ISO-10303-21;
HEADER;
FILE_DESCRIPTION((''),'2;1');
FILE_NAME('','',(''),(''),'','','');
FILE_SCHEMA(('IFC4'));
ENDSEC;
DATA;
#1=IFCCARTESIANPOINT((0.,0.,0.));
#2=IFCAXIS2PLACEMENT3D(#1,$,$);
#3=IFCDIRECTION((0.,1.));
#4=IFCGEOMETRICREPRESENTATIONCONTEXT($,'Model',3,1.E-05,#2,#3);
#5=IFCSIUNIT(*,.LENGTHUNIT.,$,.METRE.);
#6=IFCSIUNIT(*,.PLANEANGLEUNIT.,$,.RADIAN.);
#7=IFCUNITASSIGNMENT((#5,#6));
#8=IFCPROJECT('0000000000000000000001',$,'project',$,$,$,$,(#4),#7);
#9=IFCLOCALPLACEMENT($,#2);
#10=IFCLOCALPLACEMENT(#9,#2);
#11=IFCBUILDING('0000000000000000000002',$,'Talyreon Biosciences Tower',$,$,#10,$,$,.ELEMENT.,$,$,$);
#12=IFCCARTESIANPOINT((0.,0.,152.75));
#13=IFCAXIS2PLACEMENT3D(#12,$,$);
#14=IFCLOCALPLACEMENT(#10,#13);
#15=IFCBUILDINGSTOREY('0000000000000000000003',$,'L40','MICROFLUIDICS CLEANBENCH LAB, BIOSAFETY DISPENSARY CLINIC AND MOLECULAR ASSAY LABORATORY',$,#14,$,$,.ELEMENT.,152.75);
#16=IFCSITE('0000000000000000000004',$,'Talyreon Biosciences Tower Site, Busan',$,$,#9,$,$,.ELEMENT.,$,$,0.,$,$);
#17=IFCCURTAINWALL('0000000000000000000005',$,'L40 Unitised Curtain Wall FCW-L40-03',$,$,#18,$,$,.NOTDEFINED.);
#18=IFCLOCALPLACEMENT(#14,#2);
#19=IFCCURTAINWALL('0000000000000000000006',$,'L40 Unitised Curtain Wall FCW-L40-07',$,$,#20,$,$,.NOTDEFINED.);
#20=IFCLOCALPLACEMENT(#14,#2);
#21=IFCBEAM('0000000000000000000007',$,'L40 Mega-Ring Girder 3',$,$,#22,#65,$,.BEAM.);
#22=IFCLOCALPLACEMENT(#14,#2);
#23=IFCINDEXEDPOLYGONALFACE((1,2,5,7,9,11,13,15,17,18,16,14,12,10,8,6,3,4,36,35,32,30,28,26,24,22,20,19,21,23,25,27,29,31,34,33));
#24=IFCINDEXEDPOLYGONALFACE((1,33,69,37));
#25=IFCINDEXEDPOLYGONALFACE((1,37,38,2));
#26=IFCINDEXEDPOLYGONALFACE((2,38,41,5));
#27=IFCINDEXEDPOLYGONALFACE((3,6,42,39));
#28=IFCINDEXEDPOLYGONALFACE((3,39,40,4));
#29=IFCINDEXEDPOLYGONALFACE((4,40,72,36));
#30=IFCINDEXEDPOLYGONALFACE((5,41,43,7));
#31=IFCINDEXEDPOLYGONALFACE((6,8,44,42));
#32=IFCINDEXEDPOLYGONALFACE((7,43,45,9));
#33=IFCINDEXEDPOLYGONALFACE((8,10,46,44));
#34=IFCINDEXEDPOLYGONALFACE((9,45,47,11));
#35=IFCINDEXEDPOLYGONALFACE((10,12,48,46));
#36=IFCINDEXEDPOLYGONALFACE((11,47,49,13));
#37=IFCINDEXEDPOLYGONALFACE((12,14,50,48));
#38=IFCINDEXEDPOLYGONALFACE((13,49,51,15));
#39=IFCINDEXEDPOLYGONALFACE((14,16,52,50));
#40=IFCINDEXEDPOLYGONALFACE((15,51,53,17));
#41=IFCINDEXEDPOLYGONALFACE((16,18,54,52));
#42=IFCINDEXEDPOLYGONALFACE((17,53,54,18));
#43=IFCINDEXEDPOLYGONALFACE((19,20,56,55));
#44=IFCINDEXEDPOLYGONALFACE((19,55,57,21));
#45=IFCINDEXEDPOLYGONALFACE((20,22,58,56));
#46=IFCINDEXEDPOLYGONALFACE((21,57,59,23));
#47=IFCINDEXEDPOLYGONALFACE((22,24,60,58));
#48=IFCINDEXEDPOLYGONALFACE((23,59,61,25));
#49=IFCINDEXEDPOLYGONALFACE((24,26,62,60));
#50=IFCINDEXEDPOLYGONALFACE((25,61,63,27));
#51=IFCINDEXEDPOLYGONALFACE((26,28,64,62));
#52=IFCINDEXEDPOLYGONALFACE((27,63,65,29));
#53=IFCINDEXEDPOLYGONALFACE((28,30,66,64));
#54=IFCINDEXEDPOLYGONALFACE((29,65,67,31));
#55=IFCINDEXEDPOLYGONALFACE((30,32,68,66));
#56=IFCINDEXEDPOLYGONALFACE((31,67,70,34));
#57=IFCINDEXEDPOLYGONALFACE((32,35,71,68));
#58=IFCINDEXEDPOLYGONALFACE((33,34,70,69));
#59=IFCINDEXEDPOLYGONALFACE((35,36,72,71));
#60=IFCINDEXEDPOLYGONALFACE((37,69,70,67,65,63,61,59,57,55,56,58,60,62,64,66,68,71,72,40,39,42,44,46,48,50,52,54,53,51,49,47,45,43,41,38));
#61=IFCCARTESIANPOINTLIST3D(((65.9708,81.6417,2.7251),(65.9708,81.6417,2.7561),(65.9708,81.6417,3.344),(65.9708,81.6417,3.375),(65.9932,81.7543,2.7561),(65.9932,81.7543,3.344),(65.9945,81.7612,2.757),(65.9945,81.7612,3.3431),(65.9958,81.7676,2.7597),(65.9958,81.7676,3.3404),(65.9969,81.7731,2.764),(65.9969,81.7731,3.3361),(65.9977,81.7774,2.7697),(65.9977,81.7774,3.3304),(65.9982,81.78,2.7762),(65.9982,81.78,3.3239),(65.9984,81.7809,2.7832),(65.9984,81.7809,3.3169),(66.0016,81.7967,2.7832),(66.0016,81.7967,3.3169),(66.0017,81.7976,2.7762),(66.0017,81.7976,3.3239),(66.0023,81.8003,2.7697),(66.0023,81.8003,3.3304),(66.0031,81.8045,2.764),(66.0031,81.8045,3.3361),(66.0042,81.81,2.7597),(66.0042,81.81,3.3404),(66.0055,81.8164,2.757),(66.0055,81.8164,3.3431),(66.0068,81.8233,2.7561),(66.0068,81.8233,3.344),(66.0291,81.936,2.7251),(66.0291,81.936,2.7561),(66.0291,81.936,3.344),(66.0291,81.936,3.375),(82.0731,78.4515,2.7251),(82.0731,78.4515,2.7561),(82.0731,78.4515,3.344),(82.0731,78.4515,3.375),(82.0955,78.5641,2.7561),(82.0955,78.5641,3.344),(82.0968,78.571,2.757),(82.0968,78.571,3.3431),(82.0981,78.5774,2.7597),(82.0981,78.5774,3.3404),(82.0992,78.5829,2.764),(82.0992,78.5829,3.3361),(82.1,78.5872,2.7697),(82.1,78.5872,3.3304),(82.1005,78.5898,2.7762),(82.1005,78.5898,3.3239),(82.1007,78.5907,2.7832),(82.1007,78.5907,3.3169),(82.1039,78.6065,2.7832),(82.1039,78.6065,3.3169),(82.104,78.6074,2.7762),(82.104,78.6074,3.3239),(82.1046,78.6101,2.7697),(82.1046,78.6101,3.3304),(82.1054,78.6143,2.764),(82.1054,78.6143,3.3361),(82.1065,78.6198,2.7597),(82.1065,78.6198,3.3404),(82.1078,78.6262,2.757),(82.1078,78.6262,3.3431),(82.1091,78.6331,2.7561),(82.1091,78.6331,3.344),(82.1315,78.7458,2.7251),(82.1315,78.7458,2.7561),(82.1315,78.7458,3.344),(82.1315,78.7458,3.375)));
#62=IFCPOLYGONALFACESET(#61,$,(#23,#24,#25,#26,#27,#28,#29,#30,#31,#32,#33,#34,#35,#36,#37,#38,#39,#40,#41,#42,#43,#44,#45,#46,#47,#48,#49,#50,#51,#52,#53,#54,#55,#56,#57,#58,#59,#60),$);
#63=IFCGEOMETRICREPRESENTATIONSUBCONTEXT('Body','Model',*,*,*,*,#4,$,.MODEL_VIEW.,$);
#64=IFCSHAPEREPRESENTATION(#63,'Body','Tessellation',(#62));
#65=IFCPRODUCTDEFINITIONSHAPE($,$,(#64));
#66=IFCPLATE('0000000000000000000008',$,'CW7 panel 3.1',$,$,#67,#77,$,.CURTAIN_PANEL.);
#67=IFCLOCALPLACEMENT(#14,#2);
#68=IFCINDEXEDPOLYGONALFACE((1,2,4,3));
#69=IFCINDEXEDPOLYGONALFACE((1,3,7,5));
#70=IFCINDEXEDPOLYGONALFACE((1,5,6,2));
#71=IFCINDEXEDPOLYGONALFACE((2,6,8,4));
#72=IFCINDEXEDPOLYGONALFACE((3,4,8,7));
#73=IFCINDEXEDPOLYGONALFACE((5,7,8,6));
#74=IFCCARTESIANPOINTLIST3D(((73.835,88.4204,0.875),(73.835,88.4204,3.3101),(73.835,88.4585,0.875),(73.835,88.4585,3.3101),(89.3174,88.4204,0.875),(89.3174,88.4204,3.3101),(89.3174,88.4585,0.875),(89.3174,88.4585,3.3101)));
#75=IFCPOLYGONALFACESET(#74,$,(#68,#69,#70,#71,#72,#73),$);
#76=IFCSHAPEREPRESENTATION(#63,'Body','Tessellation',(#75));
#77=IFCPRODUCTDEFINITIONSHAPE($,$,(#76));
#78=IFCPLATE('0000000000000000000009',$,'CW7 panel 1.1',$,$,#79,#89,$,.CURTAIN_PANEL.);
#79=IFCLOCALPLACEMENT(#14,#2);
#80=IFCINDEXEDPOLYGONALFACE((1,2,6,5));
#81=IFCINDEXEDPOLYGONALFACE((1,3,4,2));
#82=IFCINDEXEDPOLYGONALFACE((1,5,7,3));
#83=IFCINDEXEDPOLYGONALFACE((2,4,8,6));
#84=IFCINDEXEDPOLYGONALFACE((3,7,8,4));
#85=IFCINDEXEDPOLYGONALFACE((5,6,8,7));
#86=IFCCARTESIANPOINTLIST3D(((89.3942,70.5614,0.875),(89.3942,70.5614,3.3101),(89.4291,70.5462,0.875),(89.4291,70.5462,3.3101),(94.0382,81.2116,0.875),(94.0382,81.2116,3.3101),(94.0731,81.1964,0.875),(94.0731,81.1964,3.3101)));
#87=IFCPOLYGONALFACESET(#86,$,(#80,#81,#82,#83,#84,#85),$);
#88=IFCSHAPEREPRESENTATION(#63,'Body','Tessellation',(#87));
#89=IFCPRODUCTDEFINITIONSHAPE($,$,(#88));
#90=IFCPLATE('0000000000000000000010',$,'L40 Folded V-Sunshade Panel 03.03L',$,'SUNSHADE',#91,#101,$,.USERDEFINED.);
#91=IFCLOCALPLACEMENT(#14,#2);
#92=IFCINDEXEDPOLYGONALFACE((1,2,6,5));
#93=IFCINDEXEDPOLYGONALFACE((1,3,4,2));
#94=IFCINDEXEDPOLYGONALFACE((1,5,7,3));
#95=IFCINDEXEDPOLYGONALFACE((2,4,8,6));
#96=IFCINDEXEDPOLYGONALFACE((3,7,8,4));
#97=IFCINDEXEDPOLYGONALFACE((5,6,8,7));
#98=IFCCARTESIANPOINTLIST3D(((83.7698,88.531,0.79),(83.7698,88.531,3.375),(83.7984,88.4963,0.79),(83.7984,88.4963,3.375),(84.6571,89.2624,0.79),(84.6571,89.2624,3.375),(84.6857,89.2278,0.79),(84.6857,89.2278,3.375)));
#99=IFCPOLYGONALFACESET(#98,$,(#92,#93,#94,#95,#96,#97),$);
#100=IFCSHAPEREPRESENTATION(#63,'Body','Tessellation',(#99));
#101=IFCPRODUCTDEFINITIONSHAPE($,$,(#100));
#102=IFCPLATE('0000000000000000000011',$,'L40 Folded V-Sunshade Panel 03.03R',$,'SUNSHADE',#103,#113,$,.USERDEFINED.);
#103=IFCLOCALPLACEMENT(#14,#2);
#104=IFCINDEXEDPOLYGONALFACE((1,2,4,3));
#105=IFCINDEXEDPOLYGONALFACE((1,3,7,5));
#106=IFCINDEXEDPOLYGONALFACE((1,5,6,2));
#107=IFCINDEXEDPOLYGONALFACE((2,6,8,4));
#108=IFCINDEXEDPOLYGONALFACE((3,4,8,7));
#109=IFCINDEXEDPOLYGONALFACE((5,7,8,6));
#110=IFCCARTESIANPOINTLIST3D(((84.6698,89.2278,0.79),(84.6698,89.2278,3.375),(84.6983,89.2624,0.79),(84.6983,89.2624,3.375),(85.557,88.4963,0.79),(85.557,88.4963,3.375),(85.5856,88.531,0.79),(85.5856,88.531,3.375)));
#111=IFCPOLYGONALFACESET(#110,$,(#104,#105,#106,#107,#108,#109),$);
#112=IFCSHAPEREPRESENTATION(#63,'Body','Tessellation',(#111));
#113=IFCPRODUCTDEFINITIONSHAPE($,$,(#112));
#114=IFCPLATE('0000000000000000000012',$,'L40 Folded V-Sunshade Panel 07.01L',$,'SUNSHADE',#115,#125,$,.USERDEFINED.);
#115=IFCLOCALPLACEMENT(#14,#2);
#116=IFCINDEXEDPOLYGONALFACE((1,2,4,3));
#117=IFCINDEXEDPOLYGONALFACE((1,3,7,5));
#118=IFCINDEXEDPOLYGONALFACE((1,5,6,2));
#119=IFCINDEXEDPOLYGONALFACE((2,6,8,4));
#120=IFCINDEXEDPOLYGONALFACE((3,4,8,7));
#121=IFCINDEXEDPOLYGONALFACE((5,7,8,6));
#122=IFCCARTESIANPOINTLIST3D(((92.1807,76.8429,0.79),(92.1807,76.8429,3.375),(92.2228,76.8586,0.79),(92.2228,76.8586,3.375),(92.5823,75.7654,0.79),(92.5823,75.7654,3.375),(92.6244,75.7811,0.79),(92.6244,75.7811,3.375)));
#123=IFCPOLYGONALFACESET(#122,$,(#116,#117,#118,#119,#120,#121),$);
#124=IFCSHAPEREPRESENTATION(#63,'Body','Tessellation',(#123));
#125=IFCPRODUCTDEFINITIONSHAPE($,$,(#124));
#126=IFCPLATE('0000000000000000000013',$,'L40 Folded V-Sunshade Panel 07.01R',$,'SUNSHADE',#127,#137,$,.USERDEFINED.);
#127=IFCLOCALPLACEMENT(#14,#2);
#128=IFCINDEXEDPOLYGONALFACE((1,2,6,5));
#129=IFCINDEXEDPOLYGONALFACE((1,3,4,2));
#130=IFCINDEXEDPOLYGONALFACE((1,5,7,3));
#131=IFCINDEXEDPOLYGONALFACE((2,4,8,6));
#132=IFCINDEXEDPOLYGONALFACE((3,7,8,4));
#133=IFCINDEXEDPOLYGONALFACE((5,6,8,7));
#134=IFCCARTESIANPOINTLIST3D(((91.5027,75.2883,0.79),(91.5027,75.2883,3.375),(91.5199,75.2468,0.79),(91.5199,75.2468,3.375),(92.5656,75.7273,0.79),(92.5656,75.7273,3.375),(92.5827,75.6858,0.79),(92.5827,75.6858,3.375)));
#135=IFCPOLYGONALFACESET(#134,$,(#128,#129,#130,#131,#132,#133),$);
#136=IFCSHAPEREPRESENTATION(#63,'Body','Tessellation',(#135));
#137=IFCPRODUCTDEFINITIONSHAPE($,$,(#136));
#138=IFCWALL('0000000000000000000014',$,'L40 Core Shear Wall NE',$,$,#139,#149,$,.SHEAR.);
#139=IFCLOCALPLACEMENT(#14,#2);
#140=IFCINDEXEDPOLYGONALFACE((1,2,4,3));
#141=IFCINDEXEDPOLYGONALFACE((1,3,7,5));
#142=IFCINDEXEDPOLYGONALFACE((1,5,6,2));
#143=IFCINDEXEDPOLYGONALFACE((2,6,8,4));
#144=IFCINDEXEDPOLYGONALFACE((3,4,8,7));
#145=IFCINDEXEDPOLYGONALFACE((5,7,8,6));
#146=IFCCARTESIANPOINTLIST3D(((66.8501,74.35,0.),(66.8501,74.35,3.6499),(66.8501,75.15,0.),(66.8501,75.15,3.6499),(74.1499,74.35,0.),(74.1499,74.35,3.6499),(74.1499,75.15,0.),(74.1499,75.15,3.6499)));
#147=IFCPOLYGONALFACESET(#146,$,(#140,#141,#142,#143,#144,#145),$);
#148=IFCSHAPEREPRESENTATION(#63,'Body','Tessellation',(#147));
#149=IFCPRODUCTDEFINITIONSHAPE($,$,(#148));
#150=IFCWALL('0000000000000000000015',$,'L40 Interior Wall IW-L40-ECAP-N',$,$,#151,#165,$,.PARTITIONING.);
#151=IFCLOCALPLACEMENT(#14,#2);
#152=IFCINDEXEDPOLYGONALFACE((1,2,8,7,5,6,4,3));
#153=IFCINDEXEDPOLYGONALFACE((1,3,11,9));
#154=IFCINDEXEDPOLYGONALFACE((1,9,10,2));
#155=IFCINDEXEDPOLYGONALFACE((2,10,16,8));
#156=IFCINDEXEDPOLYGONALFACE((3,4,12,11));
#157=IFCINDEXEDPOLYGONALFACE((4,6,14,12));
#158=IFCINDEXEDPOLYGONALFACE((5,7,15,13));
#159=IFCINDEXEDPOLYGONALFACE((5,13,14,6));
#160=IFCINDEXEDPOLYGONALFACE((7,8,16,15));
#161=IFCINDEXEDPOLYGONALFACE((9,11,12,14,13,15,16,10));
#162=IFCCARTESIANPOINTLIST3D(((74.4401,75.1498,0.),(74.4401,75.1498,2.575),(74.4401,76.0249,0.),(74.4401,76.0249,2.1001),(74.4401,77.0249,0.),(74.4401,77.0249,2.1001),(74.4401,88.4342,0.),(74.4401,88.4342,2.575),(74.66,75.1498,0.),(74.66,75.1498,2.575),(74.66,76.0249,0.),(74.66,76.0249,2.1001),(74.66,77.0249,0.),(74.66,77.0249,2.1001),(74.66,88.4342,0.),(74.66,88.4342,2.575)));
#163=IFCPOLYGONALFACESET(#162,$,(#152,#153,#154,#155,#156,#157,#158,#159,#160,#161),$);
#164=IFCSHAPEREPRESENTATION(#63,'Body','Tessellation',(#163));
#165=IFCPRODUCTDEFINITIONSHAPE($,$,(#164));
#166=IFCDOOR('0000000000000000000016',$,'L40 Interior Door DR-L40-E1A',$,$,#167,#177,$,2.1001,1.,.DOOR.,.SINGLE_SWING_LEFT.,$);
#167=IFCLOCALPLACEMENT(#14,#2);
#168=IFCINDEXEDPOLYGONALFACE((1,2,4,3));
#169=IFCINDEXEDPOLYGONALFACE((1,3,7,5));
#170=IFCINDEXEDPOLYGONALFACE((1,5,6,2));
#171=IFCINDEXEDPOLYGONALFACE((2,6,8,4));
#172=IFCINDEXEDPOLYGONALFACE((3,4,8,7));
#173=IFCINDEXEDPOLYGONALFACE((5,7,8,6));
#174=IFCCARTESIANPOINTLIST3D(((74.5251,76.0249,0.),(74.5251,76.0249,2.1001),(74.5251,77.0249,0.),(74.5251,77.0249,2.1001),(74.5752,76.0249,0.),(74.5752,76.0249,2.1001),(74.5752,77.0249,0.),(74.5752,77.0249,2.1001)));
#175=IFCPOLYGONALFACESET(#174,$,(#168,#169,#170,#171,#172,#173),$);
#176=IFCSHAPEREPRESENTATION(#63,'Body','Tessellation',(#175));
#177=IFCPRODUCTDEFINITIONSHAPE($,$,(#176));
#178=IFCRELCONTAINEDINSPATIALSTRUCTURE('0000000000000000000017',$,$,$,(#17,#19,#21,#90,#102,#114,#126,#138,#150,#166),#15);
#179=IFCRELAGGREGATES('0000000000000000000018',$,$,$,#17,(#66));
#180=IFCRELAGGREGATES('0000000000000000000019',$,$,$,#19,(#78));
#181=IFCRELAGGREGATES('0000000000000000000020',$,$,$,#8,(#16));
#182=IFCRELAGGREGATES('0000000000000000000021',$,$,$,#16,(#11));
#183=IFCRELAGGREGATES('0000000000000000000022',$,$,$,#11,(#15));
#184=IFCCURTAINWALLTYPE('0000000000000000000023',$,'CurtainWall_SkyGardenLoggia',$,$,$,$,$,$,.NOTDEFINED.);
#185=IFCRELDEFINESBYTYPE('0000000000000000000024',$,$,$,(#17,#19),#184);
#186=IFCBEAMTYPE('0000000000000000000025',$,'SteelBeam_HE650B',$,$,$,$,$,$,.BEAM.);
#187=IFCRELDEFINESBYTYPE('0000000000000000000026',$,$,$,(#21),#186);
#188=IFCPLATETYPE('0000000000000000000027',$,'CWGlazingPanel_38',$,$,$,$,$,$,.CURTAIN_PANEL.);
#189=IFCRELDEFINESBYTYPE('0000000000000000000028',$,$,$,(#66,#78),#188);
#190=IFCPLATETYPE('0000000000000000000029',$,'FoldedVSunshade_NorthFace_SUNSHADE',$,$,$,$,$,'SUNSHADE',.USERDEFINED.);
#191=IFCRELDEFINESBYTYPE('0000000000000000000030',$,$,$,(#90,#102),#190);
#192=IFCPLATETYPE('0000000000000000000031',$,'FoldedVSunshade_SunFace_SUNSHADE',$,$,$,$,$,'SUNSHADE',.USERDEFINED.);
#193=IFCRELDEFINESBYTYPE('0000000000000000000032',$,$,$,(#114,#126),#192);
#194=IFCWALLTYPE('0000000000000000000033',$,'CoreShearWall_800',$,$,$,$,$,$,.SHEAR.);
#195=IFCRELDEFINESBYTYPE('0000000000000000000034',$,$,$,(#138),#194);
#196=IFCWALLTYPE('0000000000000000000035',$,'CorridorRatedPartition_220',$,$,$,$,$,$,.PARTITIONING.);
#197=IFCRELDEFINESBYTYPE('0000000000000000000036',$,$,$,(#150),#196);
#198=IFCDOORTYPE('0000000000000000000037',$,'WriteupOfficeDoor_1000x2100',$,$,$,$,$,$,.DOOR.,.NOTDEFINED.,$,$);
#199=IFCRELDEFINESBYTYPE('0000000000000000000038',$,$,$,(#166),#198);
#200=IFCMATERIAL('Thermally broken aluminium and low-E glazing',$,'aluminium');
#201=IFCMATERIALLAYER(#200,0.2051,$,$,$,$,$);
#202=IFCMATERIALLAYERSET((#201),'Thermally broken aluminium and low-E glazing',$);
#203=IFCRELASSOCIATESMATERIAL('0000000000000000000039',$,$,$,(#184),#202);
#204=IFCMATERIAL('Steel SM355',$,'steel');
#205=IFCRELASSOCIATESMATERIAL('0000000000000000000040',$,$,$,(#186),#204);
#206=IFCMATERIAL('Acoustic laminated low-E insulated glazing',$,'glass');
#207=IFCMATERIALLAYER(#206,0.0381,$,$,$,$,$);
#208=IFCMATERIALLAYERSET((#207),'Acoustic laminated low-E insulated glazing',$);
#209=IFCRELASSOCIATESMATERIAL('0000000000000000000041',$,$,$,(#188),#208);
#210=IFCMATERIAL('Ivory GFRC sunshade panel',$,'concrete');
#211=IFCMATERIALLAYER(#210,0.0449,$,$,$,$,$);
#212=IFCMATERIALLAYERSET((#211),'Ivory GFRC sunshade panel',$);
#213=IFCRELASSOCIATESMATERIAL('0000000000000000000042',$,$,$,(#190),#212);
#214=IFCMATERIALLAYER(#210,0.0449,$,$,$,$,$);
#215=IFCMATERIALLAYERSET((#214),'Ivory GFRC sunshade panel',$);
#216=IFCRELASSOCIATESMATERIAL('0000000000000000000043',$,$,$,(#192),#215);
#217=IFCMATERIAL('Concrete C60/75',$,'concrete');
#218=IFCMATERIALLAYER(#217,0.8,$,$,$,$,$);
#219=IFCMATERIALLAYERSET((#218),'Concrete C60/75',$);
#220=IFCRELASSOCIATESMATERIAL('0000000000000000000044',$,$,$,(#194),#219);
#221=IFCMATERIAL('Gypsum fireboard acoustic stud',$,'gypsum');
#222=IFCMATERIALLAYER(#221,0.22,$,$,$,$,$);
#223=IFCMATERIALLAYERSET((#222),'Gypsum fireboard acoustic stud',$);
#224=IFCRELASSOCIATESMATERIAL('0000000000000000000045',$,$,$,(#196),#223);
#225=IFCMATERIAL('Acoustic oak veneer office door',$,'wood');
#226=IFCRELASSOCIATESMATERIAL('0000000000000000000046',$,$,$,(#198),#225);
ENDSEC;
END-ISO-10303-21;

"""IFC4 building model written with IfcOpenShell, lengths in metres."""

from ifc_helpers import new_model, si_unit, direction, frame, frame_2d, origin, origin_2d, place, context, subcontext, project, spatial, rectangle, i_section, extrude, material, layer, layer_set, material_profile, profile_set, type_object, element, fill, aggregate, save


model = new_model("IFC4")

# Units and contexts
model_context = context("Model", 3, precision=1e-05, world=origin(), true_north=direction((0.0, 1.0)))
body_context = subcontext(model_context, "Body", "Model", "MODEL_VIEW")
ifc_project = project(units=[si_unit("LENGTHUNIT", "METRE"), si_unit("PLANEANGLEUNIT", "RADIAN")], contexts=[model_context])

# Site, building, storey
site_placement = place(None, origin())
site = spatial("IfcSite", under=ifc_project, at=site_placement, Name="Talyreon Biosciences Tower Site, Busan", CompositionType="ELEMENT", RefElevation=0.0)
building_placement = place(site_placement, origin())
building = spatial("IfcBuilding", under=site, at=building_placement, Name="Talyreon Biosciences Tower", CompositionType="ELEMENT")
storey_placement = place(building_placement, frame((0.0, 0.0, 152.75)))
storey = spatial("IfcBuildingStorey", under=building, at=storey_placement, Name="L40", Description="MICROFLUIDICS CLEANBENCH LAB, BIOSAFETY DISPENSARY CLINIC AND MOLECULAR ASSAY LABORATORY", CompositionType="ELEMENT", Elevation=152.75)

# Shared definitions
ifc_material_1 = material(Name="Concrete C60/75", Category="concrete")

# Curtain wall
ifc_material_2 = material(Name="Thermally broken aluminium and low-E glazing", Category="aluminium")
ifc_layer_1 = layer(ifc_material_2, 0.2051)
ifc_layer_set_1 = layer_set([ifc_layer_1], Name="Thermally broken aluminium and low-E glazing")
curtain_wall_type = type_object("IfcCurtainWallType", Name="CurtainWall_SkyGardenLoggia", PredefinedType="NOTDEFINED", material=ifc_layer_set_1)
curtain_wall_1_placement = place(storey_placement, origin())
curtain_wall_1 = element("IfcCurtainWall", 1, at=curtain_wall_1_placement, inside=storey, type_object=curtain_wall_type, Name="L40 Unitised Curtain Wall FCW-L40-03", PredefinedType="NOTDEFINED")

# Curtain wall
curtain_wall_2_placement = place(storey_placement, origin())
curtain_wall_2 = element("IfcCurtainWall", 2, at=curtain_wall_2_placement, inside=storey, type_object=curtain_wall_type, Name="L40 Unitised Curtain Wall FCW-L40-07", PredefinedType="NOTDEFINED")

# Beam
ifc_material_3 = material(Name="Steel SM355", Category="steel")
ifc_material_profile_1 = material_profile(ifc_material_3, i_section(OverallWidth=0.3, OverallDepth=0.6499, WebThickness=0.0161, FlangeThickness=0.031, FilletRadius=0.0271, at=origin_2d()), Name="HE650B")
ifc_profile_set_1 = profile_set([ifc_material_profile_1], Name="Steel SM355")
beam_type_1 = type_object("IfcBeamType", Name="SteelBeam_HE650B", PredefinedType="BEAM", material=ifc_profile_set_1)
beam_1_placement = place(storey_placement, frame((82.1023, 78.5986, 3.05), z_axis=(-0.980934, 0.194343, 0.0), x_axis=(-0.194343, -0.980934, 0.0)))
element("IfcBeam", 3, at=beam_1_placement, inside=storey, type_object=beam_type_1, Name="L40 Mega-Ring Girder 3", PredefinedType="BEAM", context=body_context, shape_type="SweptSolid", body=[
    extrude(i_section(OverallWidth=0.3, OverallDepth=0.6499, WebThickness=0.0161, FlangeThickness=0.031, FilletRadius=0.0271, at=origin_2d()), origin(), (0.0, 0.0, 1.0), 16.4153),
])

# Plates
ifc_material_4 = material(Name="Acoustic laminated low-E insulated glazing", Category="glass")
ifc_layer_2 = layer(ifc_material_4, 0.0381)
ifc_layer_set_2 = layer_set([ifc_layer_2], Name="Acoustic laminated low-E insulated glazing")
plate_type_1 = type_object("IfcPlateType", Name="CWGlazingPanel_38", PredefinedType="CURTAIN_PANEL", material=ifc_layer_set_2)
plate_1_placement = place(storey_placement, frame((81.5762, 88.4395, 0.875), z_axis=(0.0, 0.0, 1.0), x_axis=(1.0, 0.0, 0.0)))
plate_1 = element("IfcPlate", 4, at=plate_1_placement, type_object=plate_type_1, Name="CW7 panel 3.1", PredefinedType="CURTAIN_PANEL", context=body_context, shape_type="SweptSolid", body=[
    extrude(rectangle(XDim=15.4824, YDim=0.0381, at=origin_2d()), origin(), (0.0, 0.0, 1.0), 2.4351),
])
aggregate(curtain_wall_1, [plate_1])
plate_2_placement = place(storey_placement, frame((91.7336, 75.8789, 0.875), z_axis=(0.0, 0.0, 1.0), x_axis=(-0.399698, -0.916647, 0.0)))
plate_2 = element("IfcPlate", 5, at=plate_2_placement, type_object=plate_type_1, Name="CW7 panel 1.1", PredefinedType="CURTAIN_PANEL", context=body_context, shape_type="SweptSolid", body=[
    extrude(rectangle(XDim=11.6187, YDim=0.0381, at=origin_2d()), origin(), (0.0, 0.0, 1.0), 2.4351),
])
aggregate(curtain_wall_2, [plate_2])

# Plates
ifc_material_5 = material(Name="Ivory GFRC sunshade panel", Category="concrete")
ifc_layer_3 = layer(ifc_material_5, 0.0449)
ifc_layer_set_3 = layer_set([ifc_layer_3], Name="Ivory GFRC sunshade panel")
plate_type_2 = type_object("IfcPlateType", Name="FoldedVSunshade_NorthFace_SUNSHADE", ElementType="SUNSHADE", PredefinedType="USERDEFINED", material=ifc_layer_set_3)
for number, where, z_axis, x_axis, name in (
    (6, (84.2278, 88.8794, 0.79), (0.0, 0.0, 1.0), (0.771625, 0.636078, 0.0), "L40 Folded V-Sunshade Panel 03.03L"),
    (7, (85.1277, 88.8794, 0.79), (0.0, 0.0, 1.0), (0.771625, -0.636078, 0.0), "L40 Folded V-Sunshade Panel 03.03R"),
):
    element("IfcPlate", number, at=place(storey_placement, frame(where, z_axis=z_axis, x_axis=x_axis)), inside=storey, type_object=plate_type_2, Name=name, ObjectType="SUNSHADE", PredefinedType="USERDEFINED", context=body_context, shape_type="SweptSolid", body=[
        extrude(rectangle(XDim=1.1499, YDim=0.0449, at=origin_2d()), origin(), (0.0, 0.0, 1.0), 2.585),
    ])
ifc_layer_4 = layer(ifc_material_5, 0.0449)
ifc_layer_set_4 = layer_set([ifc_layer_4], Name="Ivory GFRC sunshade panel")
plate_type_3 = type_object("IfcPlateType", Name="FoldedVSunshade_SunFace_SUNSHADE", ElementType="SUNSHADE", PredefinedType="USERDEFINED", material=ifc_layer_set_4)
for number, where, z_axis, x_axis, name in (
    (8, (92.4026, 76.312, 0.79), (0.0, 0.0, 1.0), (0.349243, -0.937032, 0.0), "L40 Folded V-Sunshade Panel 07.01L"),
    (9, (92.0427, 75.4871, 0.79), (0.0, 0.0, 1.0), (-0.924273, -0.381732, 0.0), "L40 Folded V-Sunshade Panel 07.01R"),
):
    element("IfcPlate", number, at=place(storey_placement, frame(where, z_axis=z_axis, x_axis=x_axis)), inside=storey, type_object=plate_type_3, Name=name, ObjectType="SUNSHADE", PredefinedType="USERDEFINED", context=body_context, shape_type="SweptSolid", body=[
        extrude(rectangle(XDim=1.1499, YDim=0.0449, at=origin_2d()), origin(), (0.0, 0.0, 1.0), 2.585),
    ])

# Wall
ifc_layer_5 = layer(ifc_material_1, 0.8)
ifc_layer_set_5 = layer_set([ifc_layer_5], Name="Concrete C60/75")
wall_type_1 = type_object("IfcWallType", Name="CoreShearWall_800", PredefinedType="SHEAR", material=ifc_layer_set_5)
wall_1_placement = place(storey_placement, frame((74.1499, 74.75, 0.0), z_axis=(0.0, 0.0, 1.0), x_axis=(-1.0, 0.0, 0.0)))
element("IfcWall", 10, at=wall_1_placement, inside=storey, type_object=wall_type_1, Name="L40 Core Shear Wall NE", PredefinedType="SHEAR", context=body_context, shape_type="SweptSolid", body=[
    extrude(rectangle(XDim=7.2998, YDim=0.8, at=frame_2d((3.6499, 0.0))), origin(), (0.0, 0.0, 1.0), 3.6499),
])

# Wall, opening, door
ifc_material_6 = material(Name="Gypsum fireboard acoustic stud", Category="gypsum")
ifc_layer_6 = layer(ifc_material_6, 0.22)
ifc_layer_set_6 = layer_set([ifc_layer_6], Name="Gypsum fireboard acoustic stud")
wall_type_2 = type_object("IfcWallType", Name="CorridorRatedPartition_220", PredefinedType="PARTITIONING", material=ifc_layer_set_6)
wall_2_placement = place(storey_placement, frame((74.55, 75.1499, 0.0), z_axis=(0.0, 0.0, 1.0), x_axis=(0.0, 1.0, 0.0)))
wall_2 = element("IfcWall", 11, at=wall_2_placement, inside=storey, type_object=wall_type_2, Name="L40 Interior Wall IW-L40-ECAP-N", PredefinedType="PARTITIONING", context=body_context, shape_type="SweptSolid", body=[
    extrude(rectangle(XDim=13.2844, YDim=0.22, at=frame_2d((6.6421, 0.0))), origin(), (0.0, 0.0, 1.0), 2.575),
])
opening_placement = place(wall_2_placement, frame((0.875, 0.0, 0.0)))
opening = element("IfcOpeningElement", 12, at=opening_placement, cuts=wall_2, PredefinedType="OPENING", context=body_context, shape_type="SweptSolid", body=[
    extrude(rectangle(XDim=1.0, YDim=2.1001, at=frame_2d((0.5, 1.05))), frame((0.0, 0.1199, 0.0), z_axis=(0.0, -1.0, 0.0), x_axis=(1.0, 0.0, 0.0)), (0.0, 0.0, 1.0), 0.24),
])
ifc_material_7 = material(Name="Acoustic oak veneer office door", Category="wood")
door_type = type_object("IfcDoorType", Name="WriteupOfficeDoor_1000x2100", OperationType="NOTDEFINED", PredefinedType="DOOR", material=ifc_material_7)
door_placement = place(opening_placement, origin())
door = element("IfcDoor", 13, at=door_placement, inside=storey, type_object=door_type, Name="L40 Interior Door DR-L40-E1A", OperationType="SINGLE_SWING_LEFT", OverallHeight=2.1001, OverallWidth=1.0, PredefinedType="DOOR", context=body_context, shape_type="SweptSolid", body=[
    extrude(rectangle(XDim=1.0, YDim=2.1001, at=frame_2d((0.5, 1.05))), frame((0.0, 0.0249, 0.0), z_axis=(0.0, -1.0, 0.0), x_axis=(1.0, 0.0, 0.0)), (0.0, 0.0, 1.0), 0.05),
])
fill(opening, door)

save(model, "model.ifc")
